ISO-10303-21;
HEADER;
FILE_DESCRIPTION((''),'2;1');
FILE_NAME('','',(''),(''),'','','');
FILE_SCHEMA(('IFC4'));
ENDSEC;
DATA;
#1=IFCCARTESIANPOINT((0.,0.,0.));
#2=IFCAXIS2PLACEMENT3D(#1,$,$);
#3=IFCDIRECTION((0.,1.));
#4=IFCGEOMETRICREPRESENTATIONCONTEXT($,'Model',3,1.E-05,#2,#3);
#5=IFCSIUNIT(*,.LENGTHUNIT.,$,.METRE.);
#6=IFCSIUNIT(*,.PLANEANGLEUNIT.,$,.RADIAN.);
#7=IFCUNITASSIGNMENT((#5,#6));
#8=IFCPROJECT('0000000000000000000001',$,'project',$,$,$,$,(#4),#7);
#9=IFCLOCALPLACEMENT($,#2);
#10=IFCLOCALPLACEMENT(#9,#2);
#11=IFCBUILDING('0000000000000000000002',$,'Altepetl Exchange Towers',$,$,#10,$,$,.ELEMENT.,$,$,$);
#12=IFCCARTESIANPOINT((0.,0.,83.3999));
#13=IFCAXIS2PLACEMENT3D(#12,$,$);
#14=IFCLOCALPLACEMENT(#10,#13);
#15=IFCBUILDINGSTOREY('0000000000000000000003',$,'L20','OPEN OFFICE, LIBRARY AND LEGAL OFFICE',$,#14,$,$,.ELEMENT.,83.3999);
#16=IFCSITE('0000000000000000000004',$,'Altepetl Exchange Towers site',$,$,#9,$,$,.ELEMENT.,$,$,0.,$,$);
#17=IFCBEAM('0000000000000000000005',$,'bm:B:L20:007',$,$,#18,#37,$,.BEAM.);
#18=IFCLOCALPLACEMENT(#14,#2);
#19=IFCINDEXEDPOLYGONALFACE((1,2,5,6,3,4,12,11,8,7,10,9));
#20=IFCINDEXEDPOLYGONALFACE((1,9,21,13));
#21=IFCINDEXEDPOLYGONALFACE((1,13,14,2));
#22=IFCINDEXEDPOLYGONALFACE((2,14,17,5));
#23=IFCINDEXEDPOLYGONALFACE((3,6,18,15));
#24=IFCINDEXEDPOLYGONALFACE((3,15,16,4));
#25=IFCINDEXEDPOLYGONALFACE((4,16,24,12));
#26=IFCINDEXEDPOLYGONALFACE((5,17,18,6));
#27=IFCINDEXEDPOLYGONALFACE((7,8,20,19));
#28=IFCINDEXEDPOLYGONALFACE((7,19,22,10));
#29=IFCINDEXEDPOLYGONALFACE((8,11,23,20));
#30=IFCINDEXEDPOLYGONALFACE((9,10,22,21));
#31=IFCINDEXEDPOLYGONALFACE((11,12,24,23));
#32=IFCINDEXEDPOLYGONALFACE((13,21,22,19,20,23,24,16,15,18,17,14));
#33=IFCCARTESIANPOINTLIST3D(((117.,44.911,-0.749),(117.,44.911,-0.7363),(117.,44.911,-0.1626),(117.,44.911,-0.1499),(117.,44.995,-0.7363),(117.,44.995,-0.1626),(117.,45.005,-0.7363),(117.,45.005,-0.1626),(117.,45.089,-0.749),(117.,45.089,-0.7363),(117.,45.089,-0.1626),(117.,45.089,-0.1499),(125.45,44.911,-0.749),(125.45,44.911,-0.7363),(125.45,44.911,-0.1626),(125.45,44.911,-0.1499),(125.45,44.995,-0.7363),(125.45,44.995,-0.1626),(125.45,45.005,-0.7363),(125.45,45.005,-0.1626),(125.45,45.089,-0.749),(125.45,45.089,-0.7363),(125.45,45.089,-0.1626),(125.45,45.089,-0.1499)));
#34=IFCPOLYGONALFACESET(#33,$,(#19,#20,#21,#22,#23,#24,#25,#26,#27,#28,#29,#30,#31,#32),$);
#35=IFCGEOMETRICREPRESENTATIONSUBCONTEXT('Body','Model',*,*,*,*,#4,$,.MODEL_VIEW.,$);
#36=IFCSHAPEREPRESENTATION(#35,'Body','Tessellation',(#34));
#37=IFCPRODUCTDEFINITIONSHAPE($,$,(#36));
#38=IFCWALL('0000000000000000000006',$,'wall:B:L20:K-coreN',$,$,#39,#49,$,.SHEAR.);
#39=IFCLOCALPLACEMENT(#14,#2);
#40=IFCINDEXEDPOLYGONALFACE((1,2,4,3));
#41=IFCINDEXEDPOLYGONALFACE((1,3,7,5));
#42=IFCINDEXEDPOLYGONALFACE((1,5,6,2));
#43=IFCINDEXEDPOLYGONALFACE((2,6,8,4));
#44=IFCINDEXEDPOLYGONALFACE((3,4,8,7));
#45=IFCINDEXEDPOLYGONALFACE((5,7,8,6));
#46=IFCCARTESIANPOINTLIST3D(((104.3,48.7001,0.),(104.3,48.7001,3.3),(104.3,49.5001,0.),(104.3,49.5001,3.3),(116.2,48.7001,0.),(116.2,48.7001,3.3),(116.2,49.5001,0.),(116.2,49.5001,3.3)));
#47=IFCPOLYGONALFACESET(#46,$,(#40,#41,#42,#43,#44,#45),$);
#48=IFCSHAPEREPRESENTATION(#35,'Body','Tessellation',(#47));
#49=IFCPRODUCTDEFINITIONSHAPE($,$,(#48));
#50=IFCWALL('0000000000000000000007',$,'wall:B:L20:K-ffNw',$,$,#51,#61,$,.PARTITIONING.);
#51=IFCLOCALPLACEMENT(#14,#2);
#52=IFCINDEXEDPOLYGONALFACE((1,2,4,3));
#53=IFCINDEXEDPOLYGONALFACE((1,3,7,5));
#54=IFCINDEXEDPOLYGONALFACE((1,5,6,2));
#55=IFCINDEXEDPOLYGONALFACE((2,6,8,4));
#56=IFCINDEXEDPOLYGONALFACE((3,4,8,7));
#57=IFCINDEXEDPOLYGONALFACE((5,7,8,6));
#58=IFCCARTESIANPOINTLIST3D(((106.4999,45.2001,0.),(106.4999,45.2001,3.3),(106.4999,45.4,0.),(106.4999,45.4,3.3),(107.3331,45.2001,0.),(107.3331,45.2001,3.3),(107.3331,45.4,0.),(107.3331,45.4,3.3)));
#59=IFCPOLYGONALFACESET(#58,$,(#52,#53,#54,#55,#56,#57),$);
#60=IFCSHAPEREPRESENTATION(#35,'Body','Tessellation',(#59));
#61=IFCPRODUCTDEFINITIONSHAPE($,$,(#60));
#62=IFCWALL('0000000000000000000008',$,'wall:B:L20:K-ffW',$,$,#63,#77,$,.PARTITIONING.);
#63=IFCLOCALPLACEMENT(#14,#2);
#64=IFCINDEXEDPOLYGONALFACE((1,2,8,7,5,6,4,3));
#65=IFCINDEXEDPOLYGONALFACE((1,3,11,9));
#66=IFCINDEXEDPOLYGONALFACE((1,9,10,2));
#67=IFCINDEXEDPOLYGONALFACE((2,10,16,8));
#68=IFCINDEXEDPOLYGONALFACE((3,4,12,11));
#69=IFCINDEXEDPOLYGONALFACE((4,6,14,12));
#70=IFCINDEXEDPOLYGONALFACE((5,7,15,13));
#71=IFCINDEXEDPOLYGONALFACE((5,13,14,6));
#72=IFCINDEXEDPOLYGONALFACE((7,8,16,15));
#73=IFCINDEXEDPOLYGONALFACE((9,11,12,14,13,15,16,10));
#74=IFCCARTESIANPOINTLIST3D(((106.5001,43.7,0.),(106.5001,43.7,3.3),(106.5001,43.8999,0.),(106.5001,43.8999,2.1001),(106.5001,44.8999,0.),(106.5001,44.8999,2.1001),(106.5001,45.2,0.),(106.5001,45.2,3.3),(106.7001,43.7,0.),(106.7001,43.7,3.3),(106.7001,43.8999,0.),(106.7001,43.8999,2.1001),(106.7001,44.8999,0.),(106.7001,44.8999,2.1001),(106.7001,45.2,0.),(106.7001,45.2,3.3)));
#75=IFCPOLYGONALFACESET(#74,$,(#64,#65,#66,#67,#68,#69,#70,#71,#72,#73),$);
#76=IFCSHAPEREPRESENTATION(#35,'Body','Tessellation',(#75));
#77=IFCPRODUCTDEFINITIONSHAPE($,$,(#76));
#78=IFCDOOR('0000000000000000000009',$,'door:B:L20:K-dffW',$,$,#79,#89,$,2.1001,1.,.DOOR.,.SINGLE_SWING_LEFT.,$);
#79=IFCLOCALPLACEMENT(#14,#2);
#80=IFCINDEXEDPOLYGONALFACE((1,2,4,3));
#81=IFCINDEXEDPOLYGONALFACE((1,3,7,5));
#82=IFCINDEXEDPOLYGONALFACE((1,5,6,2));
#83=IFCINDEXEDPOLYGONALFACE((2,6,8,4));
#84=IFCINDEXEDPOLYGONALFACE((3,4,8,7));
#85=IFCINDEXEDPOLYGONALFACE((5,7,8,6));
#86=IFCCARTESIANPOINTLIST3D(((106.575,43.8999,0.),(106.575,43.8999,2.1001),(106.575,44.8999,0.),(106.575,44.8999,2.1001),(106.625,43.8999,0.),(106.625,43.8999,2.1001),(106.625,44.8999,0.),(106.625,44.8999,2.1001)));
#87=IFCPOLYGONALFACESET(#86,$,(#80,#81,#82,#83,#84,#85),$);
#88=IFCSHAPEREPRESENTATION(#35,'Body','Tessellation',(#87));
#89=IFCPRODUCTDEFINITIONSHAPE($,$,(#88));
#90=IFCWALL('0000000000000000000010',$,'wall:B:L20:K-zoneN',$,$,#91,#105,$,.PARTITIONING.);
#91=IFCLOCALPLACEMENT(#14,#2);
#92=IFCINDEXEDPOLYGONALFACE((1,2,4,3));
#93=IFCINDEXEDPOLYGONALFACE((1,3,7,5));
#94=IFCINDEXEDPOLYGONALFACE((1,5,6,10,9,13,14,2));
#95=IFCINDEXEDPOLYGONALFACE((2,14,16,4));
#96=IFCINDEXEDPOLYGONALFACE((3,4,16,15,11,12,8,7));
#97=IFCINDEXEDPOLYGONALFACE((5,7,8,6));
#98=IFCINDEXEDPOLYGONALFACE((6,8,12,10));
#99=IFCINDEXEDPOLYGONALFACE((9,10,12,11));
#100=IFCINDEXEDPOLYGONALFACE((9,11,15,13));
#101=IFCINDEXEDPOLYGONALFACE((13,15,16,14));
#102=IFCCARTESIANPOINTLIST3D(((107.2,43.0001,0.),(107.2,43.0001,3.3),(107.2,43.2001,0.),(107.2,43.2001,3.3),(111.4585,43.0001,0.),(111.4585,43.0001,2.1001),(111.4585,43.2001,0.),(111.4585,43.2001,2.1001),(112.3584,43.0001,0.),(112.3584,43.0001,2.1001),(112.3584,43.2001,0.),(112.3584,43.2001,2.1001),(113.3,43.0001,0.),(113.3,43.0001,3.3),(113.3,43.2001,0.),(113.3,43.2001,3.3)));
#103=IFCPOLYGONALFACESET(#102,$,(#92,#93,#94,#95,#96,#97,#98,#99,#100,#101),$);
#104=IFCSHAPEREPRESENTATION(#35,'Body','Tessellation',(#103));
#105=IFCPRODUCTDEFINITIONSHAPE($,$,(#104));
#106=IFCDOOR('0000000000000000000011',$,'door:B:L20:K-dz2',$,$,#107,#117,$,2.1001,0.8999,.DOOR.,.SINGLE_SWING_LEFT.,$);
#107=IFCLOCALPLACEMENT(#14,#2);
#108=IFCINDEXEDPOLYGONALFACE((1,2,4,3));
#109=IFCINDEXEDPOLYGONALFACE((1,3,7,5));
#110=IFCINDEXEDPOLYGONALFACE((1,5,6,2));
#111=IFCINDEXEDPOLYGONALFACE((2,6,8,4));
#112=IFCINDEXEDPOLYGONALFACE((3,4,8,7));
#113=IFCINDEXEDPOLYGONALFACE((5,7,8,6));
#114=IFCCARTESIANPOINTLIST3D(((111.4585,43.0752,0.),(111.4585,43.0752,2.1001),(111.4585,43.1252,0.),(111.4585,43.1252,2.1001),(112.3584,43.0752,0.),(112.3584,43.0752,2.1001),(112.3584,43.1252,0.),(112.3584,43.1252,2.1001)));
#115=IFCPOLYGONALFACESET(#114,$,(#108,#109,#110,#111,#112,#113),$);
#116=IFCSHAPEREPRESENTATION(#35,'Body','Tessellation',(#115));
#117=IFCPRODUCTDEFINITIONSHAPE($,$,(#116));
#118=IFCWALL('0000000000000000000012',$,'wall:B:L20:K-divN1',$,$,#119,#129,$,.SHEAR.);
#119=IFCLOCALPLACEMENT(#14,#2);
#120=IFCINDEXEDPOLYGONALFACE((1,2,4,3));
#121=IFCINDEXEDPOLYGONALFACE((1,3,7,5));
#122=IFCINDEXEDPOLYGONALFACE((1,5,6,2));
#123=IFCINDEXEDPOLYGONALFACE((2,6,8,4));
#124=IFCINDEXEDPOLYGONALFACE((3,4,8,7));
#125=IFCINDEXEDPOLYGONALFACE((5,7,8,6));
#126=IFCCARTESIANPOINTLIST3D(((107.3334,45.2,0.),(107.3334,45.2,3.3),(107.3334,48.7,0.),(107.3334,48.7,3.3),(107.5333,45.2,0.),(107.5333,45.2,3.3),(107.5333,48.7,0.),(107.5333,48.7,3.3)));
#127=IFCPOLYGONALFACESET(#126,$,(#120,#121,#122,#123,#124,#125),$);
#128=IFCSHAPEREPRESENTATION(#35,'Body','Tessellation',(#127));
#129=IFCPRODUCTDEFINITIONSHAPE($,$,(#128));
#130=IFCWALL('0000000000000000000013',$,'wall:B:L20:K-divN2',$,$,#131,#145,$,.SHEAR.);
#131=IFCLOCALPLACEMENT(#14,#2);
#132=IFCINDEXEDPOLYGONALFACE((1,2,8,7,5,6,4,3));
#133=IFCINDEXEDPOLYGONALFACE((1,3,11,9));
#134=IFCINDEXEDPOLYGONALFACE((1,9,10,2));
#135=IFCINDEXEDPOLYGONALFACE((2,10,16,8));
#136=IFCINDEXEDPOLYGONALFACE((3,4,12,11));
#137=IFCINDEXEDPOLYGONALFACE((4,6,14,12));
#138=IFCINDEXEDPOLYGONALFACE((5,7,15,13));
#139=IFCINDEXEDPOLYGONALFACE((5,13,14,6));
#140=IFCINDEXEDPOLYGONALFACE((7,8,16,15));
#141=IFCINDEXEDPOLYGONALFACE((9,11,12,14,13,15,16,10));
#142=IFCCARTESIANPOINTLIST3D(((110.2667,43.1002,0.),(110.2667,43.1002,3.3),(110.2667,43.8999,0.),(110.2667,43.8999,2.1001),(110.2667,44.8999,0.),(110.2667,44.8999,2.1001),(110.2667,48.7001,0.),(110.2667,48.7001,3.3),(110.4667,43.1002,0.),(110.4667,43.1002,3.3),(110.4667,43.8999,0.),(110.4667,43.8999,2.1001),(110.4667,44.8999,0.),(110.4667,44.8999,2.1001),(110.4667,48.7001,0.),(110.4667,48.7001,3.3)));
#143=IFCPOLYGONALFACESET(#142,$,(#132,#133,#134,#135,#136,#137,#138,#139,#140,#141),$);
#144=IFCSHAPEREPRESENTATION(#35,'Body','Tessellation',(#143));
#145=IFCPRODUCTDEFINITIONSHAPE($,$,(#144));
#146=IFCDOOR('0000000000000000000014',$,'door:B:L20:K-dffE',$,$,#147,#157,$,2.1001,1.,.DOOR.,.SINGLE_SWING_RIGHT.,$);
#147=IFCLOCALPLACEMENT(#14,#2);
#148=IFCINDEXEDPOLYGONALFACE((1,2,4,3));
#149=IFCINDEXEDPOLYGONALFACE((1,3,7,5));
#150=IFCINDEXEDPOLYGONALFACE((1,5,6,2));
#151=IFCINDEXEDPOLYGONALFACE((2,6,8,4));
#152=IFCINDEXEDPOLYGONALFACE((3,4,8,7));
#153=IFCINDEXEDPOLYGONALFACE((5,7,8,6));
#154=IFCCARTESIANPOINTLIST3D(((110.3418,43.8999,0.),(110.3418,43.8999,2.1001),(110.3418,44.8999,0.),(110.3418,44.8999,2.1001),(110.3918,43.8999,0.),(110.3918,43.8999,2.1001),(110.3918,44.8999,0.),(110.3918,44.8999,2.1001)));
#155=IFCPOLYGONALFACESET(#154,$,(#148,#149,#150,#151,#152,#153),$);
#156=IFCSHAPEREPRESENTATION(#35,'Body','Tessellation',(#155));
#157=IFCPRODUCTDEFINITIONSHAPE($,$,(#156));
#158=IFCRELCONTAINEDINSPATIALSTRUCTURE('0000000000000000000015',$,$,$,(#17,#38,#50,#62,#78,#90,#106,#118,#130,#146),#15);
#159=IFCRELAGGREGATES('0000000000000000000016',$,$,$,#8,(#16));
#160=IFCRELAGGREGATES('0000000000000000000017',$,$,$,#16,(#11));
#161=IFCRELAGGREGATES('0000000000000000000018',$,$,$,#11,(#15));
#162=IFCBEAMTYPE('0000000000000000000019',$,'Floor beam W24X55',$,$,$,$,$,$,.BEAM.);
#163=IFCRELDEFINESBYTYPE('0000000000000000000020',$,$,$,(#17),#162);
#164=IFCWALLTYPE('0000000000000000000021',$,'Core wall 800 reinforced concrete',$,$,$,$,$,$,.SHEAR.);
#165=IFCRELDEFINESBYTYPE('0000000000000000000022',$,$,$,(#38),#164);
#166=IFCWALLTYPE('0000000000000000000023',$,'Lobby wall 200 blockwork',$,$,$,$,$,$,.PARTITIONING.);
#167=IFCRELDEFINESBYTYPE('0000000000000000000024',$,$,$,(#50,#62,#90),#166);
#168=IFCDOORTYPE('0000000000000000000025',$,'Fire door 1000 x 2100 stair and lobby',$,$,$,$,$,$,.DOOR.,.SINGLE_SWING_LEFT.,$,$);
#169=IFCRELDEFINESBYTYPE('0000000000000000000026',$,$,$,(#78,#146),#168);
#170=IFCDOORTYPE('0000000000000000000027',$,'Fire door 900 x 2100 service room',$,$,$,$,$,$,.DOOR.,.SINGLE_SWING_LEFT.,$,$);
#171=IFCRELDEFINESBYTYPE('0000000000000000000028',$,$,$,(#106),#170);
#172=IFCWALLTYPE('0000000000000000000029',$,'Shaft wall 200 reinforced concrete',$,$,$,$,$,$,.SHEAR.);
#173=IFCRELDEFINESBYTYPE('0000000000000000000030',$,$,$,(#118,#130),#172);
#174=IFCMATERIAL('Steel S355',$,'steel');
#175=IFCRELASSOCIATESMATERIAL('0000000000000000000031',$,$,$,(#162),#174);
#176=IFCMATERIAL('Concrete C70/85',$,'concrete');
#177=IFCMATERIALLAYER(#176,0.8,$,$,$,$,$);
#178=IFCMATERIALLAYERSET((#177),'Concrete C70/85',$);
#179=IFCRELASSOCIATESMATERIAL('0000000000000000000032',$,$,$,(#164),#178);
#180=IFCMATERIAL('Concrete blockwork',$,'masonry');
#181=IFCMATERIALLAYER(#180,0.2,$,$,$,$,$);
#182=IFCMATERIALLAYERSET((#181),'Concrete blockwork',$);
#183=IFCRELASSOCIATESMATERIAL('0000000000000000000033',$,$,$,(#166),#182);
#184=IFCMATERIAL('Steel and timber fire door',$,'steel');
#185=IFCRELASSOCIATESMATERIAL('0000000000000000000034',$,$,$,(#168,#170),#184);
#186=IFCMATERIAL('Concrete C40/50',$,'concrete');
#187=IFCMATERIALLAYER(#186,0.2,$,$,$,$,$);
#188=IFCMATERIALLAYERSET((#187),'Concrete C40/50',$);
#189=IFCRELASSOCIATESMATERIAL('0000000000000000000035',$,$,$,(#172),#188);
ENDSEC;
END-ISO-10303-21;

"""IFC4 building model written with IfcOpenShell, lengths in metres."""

from ifc_helpers import new_model, si_unit, direction, frame, frame_2d, origin, origin_2d, place, context, subcontext, project, spatial, rectangle, i_section, extrude, material, layer, layer_set, material_profile, profile_set, type_object, element, fill, save


model = new_model("IFC4")

# Units and contexts
model_context = context("Model", 3, precision=1e-05, world=origin(), true_north=direction((0.0, 1.0)))
body_context = subcontext(model_context, "Body", "Model", "MODEL_VIEW")
ifc_project = project(units=[si_unit("LENGTHUNIT", "METRE"), si_unit("PLANEANGLEUNIT", "RADIAN")], contexts=[model_context])

# Site, building, storey
site_placement = place(None, origin())
site = spatial("IfcSite", under=ifc_project, at=site_placement, Name="Altepetl Exchange Towers site", CompositionType="ELEMENT", RefElevation=0.0)
building_placement = place(site_placement, origin())
building = spatial("IfcBuilding", under=site, at=building_placement, Name="Altepetl Exchange Towers", CompositionType="ELEMENT")
storey_placement = place(building_placement, frame((0.0, 0.0, 83.3999)))
storey = spatial("IfcBuildingStorey", under=building, at=storey_placement, Name="L20", Description="OPEN OFFICE, LIBRARY AND LEGAL OFFICE", CompositionType="ELEMENT", Elevation=83.3999)

# Beam
ifc_material_1 = material(Name="Steel S355", Category="steel")
ifc_material_profile = material_profile(ifc_material_1, i_section(OverallWidth=0.178, OverallDepth=0.5991, WebThickness=0.01, FlangeThickness=0.0127, at=origin_2d()), Name="W24X55")
ifc_profile_set = profile_set([ifc_material_profile], Name="Steel S355")
beam_type = type_object("IfcBeamType", Name="Floor beam W24X55", PredefinedType="BEAM", material=ifc_profile_set)
beam_placement = place(storey_placement, frame((117.0, 45.0, -0.4495), z_axis=(1.0, 0.0, 0.0), x_axis=(0.0, 1.0, 0.0)))
element("IfcBeam", 1, at=beam_placement, inside=storey, type_object=beam_type, Name="bm:B:L20:007", PredefinedType="BEAM", context=body_context, shape_type="SweptSolid", body=[
    extrude(i_section(OverallWidth=0.178, OverallDepth=0.5991, WebThickness=0.01, FlangeThickness=0.0127, at=origin_2d()), origin(), (0.0, 0.0, 1.0), 8.45),
])

# Walls
ifc_material_2 = material(Name="Concrete C70/85", Category="concrete")
ifc_layer_1 = layer(ifc_material_2, 0.8)
ifc_layer_set_1 = layer_set([ifc_layer_1], Name="Concrete C70/85")
wall_type_1 = type_object("IfcWallType", Name="Core wall 800 reinforced concrete", PredefinedType="SHEAR", material=ifc_layer_set_1)
wall_1_placement = place(storey_placement, frame((104.3, 49.1001, 0.0)))
element("IfcWall", 2, at=wall_1_placement, inside=storey, type_object=wall_type_1, Name="wall:B:L20:K-coreN", PredefinedType="SHEAR", context=body_context, shape_type="SweptSolid", body=[
    extrude(rectangle(XDim=11.8999, YDim=0.8, at=frame_2d((5.95, 0.0))), origin(), (0.0, 0.0, 1.0), 3.3),
])
ifc_material_3 = material(Name="Concrete blockwork", Category="masonry")
ifc_layer_2 = layer(ifc_material_3, 0.2)
ifc_layer_set_2 = layer_set([ifc_layer_2], Name="Concrete blockwork")
wall_type_2 = type_object("IfcWallType", Name="Lobby wall 200 blockwork", PredefinedType="PARTITIONING", material=ifc_layer_set_2)
wall_2_placement = place(storey_placement, frame((106.5, 45.3, 0.0)))
element("IfcWall", 3, at=wall_2_placement, inside=storey, type_object=wall_type_2, Name="wall:B:L20:K-ffNw", PredefinedType="PARTITIONING", context=body_context, shape_type="SweptSolid", body=[
    extrude(rectangle(XDim=0.8333, YDim=0.2, at=frame_2d((0.4165, 0.0))), origin(), (0.0, 0.0, 1.0), 3.3),
])

# Walls, openings, doors
wall_3_placement = place(storey_placement, frame((106.6001, 43.7, 0.0), z_axis=(0.0, 0.0, 1.0), x_axis=(0.0, 1.0, 0.0)))
wall_3 = element("IfcWall", 4, at=wall_3_placement, inside=storey, type_object=wall_type_2, Name="wall:B:L20:K-ffW", PredefinedType="PARTITIONING", context=body_context, shape_type="SweptSolid", body=[
    extrude(rectangle(XDim=1.5, YDim=0.2, at=frame_2d((0.75, 0.0))), origin(), (0.0, 0.0, 1.0), 3.3),
])
opening_1_placement = place(wall_3_placement, frame((0.2, 0.0, 0.0)))
opening_1 = element("IfcOpeningElement", 5, at=opening_1_placement, cuts=wall_3, PredefinedType="OPENING", context=body_context, shape_type="SweptSolid", body=[
    extrude(rectangle(XDim=1.0, YDim=2.1001, at=frame_2d((0.5, 1.05))), frame((0.0, 0.1099, 0.0), z_axis=(0.0, -1.0, 0.0), x_axis=(1.0, 0.0, 0.0)), (0.0, 0.0, 1.0), 0.22),
])
ifc_material_4 = material(Name="Steel and timber fire door", Category="steel")
door_type_1 = type_object("IfcDoorType", Name="Fire door 1000 x 2100 stair and lobby", OperationType="SINGLE_SWING_LEFT", PredefinedType="DOOR", material=ifc_material_4)
door_1_placement = place(opening_1_placement, frame((1.0, 0.0, 0.0), x_axis=(-1.0, 0.0, 0.0)))
door_1 = element("IfcDoor", 6, at=door_1_placement, inside=storey, type_object=door_type_1, Name="door:B:L20:K-dffW", OperationType="SINGLE_SWING_LEFT", OverallHeight=2.1001, OverallWidth=1.0, PredefinedType="DOOR", context=body_context, shape_type="SweptSolid", body=[
    extrude(rectangle(XDim=1.0, YDim=2.1001, at=frame_2d((0.5, 1.05))), frame((0.0, 0.0249, 0.0), z_axis=(0.0, -1.0, 0.0), x_axis=(1.0, 0.0, 0.0)), (0.0, 0.0, 1.0), 0.05),
])
fill(opening_1, door_1)
wall_4_placement = place(storey_placement, frame((107.2, 43.1001, 0.0)))
wall_4 = element("IfcWall", 7, at=wall_4_placement, inside=storey, type_object=wall_type_2, Name="wall:B:L20:K-zoneN", PredefinedType="PARTITIONING", context=body_context, shape_type="SweptSolid", body=[
    extrude(rectangle(XDim=6.1001, YDim=0.2, at=frame_2d((3.05, 0.0))), origin(), (0.0, 0.0, 1.0), 3.3),
])
opening_2_placement = place(wall_4_placement, frame((4.2585, 0.0, 0.0)))
opening_2 = element("IfcOpeningElement", 8, at=opening_2_placement, cuts=wall_4, PredefinedType="OPENING", context=body_context, shape_type="SweptSolid", body=[
    extrude(rectangle(XDim=0.8999, YDim=2.1001, at=frame_2d((0.45, 1.05))), frame((0.0, 0.1099, 0.0), z_axis=(0.0, -1.0, 0.0), x_axis=(1.0, 0.0, 0.0)), (0.0, 0.0, 1.0), 0.22),
])
door_type_2 = type_object("IfcDoorType", Name="Fire door 900 x 2100 service room", OperationType="SINGLE_SWING_LEFT", PredefinedType="DOOR", material=ifc_material_4)
door_2_placement = place(opening_2_placement, frame((0.8999, 0.0, 0.0), x_axis=(-1.0, 0.0, 0.0)))
door_2 = element("IfcDoor", 9, at=door_2_placement, inside=storey, type_object=door_type_2, Name="door:B:L20:K-dz2", OperationType="SINGLE_SWING_LEFT", OverallHeight=2.1001, OverallWidth=0.8999, PredefinedType="DOOR", context=body_context, shape_type="SweptSolid", body=[
    extrude(rectangle(XDim=0.8999, YDim=2.1001, at=frame_2d((0.45, 1.05))), frame((0.0, 0.0249, 0.0), z_axis=(0.0, -1.0, 0.0), x_axis=(1.0, 0.0, 0.0)), (0.0, 0.0, 1.0), 0.05),
])
fill(opening_2, door_2)

# Wall
ifc_material_5 = material(Name="Concrete C40/50", Category="concrete")
ifc_layer_3 = layer(ifc_material_5, 0.2)
ifc_layer_set_3 = layer_set([ifc_layer_3], Name="Concrete C40/50")
wall_type_3 = type_object("IfcWallType", Name="Shaft wall 200 reinforced concrete", PredefinedType="SHEAR", material=ifc_layer_set_3)
wall_5_placement = place(storey_placement, frame((107.4333, 48.7, 0.0), z_axis=(0.0, 0.0, 1.0), x_axis=(0.0, -1.0, 0.0)))
element("IfcWall", 10, at=wall_5_placement, inside=storey, type_object=wall_type_3, Name="wall:B:L20:K-divN1", PredefinedType="SHEAR", context=body_context, shape_type="SweptSolid", body=[
    extrude(rectangle(XDim=3.5, YDim=0.2, at=frame_2d((1.75, 0.0))), origin(), (0.0, 0.0, 1.0), 3.3),
])

# Wall, opening, door
wall_6_placement = place(storey_placement, frame((110.3667, 48.7, 0.0), z_axis=(0.0, 0.0, 1.0), x_axis=(0.0, -1.0, 0.0)))
wall_6 = element("IfcWall", 11, at=wall_6_placement, inside=storey, type_object=wall_type_3, Name="wall:B:L20:K-divN2", PredefinedType="SHEAR", context=body_context, shape_type="SweptSolid", body=[
    extrude(rectangle(XDim=5.5999, YDim=0.2, at=frame_2d((2.7998, 0.0))), origin(), (0.0, 0.0, 1.0), 3.3),
])
opening_3_placement = place(wall_6_placement, frame((3.8, 0.0, 0.0)))
opening_3 = element("IfcOpeningElement", 12, at=opening_3_placement, cuts=wall_6, PredefinedType="OPENING", context=body_context, shape_type="SweptSolid", body=[
    extrude(rectangle(XDim=1.0, YDim=2.1001, at=frame_2d((0.5, 1.05))), frame((0.0, 0.1099, 0.0), z_axis=(0.0, -1.0, 0.0), x_axis=(1.0, 0.0, 0.0)), (0.0, 0.0, 1.0), 0.22),
])
door_3_placement = place(opening_3_placement, frame((1.0, 0.0, 0.0), x_axis=(-1.0, 0.0, 0.0)))
door_3 = element("IfcDoor", 13, at=door_3_placement, inside=storey, type_object=door_type_1, Name="door:B:L20:K-dffE", OperationType="SINGLE_SWING_RIGHT", OverallHeight=2.1001, OverallWidth=1.0, PredefinedType="DOOR", context=body_context, shape_type="SweptSolid", body=[
    extrude(rectangle(XDim=1.0, YDim=2.1001, at=frame_2d((0.5, 1.05))), frame((0.0, 0.0249, 0.0), z_axis=(0.0, -1.0, 0.0), x_axis=(1.0, 0.0, 0.0)), (0.0, 0.0, 1.0), 0.05),
])
fill(opening_3, door_3)

save(model, "model.ifc")
